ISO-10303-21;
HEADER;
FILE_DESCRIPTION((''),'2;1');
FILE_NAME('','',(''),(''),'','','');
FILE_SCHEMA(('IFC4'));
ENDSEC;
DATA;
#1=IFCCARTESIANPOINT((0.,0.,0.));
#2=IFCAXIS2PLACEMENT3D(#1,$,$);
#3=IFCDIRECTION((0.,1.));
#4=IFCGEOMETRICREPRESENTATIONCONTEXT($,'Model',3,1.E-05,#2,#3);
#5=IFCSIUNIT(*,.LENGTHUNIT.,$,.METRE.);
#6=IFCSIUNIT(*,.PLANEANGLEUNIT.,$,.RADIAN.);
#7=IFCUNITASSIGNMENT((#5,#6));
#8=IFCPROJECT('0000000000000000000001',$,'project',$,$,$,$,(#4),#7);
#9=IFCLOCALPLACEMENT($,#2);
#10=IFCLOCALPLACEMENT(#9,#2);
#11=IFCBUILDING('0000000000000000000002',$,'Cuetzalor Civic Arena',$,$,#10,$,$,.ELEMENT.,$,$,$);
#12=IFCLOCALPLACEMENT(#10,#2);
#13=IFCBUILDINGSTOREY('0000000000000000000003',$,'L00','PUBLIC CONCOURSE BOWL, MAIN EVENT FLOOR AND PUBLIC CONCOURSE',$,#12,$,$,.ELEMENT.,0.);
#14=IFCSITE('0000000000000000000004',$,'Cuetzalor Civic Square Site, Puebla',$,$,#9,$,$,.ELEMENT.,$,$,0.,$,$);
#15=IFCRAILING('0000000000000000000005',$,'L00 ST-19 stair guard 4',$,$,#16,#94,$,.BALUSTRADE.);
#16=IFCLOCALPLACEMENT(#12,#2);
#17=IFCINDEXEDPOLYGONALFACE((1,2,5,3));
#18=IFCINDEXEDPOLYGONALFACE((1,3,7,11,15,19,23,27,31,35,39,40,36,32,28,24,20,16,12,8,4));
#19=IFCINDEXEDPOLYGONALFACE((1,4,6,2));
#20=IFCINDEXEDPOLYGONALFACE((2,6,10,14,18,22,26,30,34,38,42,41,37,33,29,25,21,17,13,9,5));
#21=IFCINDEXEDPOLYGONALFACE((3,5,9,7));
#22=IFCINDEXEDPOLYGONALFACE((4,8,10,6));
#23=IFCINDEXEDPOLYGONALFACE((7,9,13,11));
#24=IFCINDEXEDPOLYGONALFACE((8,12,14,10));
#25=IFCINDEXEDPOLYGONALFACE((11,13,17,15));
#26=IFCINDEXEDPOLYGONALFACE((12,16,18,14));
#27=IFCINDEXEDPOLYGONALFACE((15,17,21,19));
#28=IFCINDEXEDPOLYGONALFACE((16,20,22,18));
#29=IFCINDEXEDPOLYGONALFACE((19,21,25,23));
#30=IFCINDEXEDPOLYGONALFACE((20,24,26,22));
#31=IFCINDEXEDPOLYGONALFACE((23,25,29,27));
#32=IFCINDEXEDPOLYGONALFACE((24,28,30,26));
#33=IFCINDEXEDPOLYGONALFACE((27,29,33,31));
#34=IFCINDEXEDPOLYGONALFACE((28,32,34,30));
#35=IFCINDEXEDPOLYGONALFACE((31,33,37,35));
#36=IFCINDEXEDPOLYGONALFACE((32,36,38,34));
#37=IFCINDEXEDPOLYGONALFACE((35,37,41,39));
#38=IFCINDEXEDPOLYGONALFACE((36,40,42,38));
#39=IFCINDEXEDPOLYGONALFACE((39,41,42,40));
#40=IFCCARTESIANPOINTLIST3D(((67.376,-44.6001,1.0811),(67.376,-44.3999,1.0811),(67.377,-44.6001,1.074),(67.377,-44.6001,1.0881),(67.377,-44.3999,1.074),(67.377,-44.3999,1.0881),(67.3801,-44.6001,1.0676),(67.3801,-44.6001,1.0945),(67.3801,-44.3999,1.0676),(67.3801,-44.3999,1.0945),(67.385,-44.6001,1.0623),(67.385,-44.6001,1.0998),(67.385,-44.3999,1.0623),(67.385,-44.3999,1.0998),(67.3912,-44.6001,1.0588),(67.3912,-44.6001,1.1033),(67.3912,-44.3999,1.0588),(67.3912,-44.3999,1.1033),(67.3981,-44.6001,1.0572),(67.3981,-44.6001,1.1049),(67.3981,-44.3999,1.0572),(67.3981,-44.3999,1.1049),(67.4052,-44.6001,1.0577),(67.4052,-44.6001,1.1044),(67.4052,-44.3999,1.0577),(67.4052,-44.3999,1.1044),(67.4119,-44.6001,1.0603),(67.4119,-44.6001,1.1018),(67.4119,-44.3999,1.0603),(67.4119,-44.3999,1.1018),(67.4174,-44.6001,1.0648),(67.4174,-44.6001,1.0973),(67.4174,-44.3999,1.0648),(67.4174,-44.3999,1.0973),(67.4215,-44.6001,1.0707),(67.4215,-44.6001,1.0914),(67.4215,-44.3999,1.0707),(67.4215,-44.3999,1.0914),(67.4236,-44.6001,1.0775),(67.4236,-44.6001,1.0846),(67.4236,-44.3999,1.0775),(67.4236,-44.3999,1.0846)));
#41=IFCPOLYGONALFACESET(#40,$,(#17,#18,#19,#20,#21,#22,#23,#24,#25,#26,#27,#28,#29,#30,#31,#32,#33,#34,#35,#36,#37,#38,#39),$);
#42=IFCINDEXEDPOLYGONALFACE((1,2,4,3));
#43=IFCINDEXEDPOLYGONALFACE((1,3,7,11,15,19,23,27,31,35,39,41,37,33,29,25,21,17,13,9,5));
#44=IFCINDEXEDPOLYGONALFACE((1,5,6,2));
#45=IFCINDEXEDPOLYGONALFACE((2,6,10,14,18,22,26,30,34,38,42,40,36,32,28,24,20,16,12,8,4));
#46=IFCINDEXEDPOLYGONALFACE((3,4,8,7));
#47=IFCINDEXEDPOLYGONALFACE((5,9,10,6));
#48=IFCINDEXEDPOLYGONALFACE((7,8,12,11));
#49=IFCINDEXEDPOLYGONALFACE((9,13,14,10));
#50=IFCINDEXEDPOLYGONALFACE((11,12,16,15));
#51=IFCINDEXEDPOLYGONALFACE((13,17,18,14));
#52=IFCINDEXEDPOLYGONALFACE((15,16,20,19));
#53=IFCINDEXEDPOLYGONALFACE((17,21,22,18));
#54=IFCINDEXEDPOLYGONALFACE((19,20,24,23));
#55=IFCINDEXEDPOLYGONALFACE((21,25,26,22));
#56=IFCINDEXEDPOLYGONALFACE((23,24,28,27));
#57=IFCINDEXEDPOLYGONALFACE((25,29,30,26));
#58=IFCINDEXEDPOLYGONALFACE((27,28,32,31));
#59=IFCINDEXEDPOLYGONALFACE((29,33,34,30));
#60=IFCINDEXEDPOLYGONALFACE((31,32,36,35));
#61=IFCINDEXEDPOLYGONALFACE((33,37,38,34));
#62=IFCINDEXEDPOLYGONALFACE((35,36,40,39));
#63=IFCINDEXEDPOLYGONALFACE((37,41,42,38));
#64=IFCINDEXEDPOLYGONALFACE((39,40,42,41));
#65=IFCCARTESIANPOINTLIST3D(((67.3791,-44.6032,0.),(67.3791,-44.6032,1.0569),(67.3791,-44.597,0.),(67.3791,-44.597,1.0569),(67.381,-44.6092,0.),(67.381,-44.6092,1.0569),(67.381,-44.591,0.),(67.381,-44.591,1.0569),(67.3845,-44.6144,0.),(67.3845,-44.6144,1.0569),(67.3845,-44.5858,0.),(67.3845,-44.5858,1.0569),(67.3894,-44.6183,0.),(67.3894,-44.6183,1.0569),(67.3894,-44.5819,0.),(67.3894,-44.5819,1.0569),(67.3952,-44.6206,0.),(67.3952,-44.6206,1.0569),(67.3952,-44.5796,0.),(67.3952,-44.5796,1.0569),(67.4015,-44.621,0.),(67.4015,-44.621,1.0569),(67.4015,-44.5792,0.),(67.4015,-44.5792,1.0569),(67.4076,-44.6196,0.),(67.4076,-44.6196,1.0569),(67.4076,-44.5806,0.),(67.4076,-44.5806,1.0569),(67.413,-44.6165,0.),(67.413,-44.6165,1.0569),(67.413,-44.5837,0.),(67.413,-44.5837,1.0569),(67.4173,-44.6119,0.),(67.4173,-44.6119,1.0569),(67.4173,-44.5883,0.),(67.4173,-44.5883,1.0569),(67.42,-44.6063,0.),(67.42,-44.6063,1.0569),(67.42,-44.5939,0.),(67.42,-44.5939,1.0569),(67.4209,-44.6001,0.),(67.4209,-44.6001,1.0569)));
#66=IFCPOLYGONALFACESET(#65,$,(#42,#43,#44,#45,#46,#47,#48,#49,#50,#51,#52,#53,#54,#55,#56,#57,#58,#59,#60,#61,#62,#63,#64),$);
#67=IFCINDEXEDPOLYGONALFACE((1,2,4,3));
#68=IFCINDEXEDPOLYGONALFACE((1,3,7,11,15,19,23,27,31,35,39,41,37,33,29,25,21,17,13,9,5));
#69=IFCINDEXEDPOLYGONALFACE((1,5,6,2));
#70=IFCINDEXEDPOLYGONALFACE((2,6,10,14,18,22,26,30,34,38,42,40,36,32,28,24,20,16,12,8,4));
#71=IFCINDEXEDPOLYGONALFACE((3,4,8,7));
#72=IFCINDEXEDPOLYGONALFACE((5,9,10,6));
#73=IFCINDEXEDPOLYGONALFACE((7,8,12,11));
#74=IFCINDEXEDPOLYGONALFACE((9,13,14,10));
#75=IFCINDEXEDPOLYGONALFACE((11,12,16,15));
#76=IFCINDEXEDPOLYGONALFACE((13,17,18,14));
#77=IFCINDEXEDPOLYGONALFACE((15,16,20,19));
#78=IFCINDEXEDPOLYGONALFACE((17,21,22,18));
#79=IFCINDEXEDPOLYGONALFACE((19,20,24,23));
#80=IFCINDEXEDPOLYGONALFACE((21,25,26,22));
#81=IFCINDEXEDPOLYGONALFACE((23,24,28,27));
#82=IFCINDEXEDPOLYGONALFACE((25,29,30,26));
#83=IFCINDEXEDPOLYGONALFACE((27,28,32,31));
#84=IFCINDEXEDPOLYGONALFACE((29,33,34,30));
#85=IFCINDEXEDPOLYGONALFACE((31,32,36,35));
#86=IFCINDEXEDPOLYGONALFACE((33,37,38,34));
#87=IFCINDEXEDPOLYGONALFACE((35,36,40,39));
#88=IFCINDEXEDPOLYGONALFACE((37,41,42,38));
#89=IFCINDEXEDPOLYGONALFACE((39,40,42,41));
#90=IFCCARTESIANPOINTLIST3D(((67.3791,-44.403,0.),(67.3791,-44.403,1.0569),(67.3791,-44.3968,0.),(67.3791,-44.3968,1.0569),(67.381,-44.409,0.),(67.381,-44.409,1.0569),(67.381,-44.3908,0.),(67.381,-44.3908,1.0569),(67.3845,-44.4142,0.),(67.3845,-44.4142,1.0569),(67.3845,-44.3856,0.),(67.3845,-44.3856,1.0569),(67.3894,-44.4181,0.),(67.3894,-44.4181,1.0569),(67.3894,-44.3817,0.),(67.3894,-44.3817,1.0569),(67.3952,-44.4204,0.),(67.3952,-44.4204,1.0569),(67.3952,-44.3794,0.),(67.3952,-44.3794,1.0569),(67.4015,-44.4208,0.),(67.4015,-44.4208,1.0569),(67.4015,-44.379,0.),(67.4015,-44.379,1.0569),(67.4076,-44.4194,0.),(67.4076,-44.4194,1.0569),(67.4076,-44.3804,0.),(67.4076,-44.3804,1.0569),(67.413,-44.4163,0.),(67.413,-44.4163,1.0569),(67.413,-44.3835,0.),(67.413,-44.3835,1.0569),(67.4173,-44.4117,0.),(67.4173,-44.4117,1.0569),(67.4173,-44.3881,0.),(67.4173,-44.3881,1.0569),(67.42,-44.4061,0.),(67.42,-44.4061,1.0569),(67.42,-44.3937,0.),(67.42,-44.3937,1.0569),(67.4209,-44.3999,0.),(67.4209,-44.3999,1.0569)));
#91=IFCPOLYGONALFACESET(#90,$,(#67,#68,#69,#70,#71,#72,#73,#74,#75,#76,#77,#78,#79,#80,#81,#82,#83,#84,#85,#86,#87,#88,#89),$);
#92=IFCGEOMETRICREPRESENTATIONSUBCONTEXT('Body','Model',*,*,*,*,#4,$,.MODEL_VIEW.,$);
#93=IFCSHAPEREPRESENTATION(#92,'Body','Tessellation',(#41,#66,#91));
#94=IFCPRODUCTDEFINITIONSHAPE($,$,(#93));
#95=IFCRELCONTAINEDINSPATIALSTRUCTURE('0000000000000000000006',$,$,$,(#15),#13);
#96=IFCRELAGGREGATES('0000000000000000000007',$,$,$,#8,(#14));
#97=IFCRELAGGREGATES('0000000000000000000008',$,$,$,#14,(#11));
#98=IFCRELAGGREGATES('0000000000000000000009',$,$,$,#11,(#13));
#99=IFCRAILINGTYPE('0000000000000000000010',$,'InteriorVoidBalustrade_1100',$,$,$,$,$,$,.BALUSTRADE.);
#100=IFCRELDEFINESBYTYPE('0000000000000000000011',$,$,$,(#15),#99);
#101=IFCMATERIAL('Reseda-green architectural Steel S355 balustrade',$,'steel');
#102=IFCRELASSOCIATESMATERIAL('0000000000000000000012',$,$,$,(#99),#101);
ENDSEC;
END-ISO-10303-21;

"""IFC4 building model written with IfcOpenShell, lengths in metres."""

from ifc_helpers import new_model, si_unit, direction, frame, origin, origin_2d, place, context, subcontext, project, spatial, circle, extrude, material, type_object, element, save


model = new_model("IFC4")

# Units and contexts
model_context = context("Model", 3, precision=1e-05, world=origin(), true_north=direction((0.0, 1.0)))
body_context = subcontext(model_context, "Body", "Model", "MODEL_VIEW")
ifc_project = project(units=[si_unit("LENGTHUNIT", "METRE"), si_unit("PLANEANGLEUNIT", "RADIAN")], contexts=[model_context])

# Site, building, storey
site_placement = place(None, origin())
site = spatial("IfcSite", under=ifc_project, at=site_placement, Name="Cuetzalor Civic Square Site, Puebla", CompositionType="ELEMENT", RefElevation=0.0)
building_placement = place(site_placement, origin())
building = spatial("IfcBuilding", under=site, at=building_placement, Name="Cuetzalor Civic Arena", CompositionType="ELEMENT")
storey_placement = place(building_placement, origin())
storey = spatial("IfcBuildingStorey", under=building, at=storey_placement, Name="L00", Description="PUBLIC CONCOURSE BOWL, MAIN EVENT FLOOR AND PUBLIC CONCOURSE", CompositionType="ELEMENT", Elevation=0.0)

# Railing
ifc_material_1 = material(Name="Reseda-green architectural Steel S355 balustrade", Category="steel")
railing_type_1 = type_object("IfcRailingType", Name="InteriorVoidBalustrade_1100", PredefinedType="BALUSTRADE", material=ifc_material_1)
railing_1_placement = place(storey_placement, frame((67.3999, -44.6001, 0.0)))
element("IfcRailing", 1, at=railing_1_placement, inside=storey, type_object=railing_type_1, Name="L00 ST-19 stair guard 4", PredefinedType="BALUSTRADE", context=body_context, shape_type="SweptSolid", body=[
    extrude(circle(Radius=0.0239, at=origin_2d()), frame((0.0, 0.0, 1.0811), z_axis=(0.0, 1.0, 0.0), x_axis=(-1.0, 0.0, 0.0)), (0.0, 0.0, 1.0), 0.2002),
    extrude(circle(Radius=0.021, at=origin_2d()), origin(), (0.0, 0.0, 1.0), 1.0569),
    extrude(circle(Radius=0.021, at=origin_2d()), frame((0.0, 0.2002, 0.0)), (0.0, 0.0, 1.0), 1.0569),
])

save(model, "model.ifc")
